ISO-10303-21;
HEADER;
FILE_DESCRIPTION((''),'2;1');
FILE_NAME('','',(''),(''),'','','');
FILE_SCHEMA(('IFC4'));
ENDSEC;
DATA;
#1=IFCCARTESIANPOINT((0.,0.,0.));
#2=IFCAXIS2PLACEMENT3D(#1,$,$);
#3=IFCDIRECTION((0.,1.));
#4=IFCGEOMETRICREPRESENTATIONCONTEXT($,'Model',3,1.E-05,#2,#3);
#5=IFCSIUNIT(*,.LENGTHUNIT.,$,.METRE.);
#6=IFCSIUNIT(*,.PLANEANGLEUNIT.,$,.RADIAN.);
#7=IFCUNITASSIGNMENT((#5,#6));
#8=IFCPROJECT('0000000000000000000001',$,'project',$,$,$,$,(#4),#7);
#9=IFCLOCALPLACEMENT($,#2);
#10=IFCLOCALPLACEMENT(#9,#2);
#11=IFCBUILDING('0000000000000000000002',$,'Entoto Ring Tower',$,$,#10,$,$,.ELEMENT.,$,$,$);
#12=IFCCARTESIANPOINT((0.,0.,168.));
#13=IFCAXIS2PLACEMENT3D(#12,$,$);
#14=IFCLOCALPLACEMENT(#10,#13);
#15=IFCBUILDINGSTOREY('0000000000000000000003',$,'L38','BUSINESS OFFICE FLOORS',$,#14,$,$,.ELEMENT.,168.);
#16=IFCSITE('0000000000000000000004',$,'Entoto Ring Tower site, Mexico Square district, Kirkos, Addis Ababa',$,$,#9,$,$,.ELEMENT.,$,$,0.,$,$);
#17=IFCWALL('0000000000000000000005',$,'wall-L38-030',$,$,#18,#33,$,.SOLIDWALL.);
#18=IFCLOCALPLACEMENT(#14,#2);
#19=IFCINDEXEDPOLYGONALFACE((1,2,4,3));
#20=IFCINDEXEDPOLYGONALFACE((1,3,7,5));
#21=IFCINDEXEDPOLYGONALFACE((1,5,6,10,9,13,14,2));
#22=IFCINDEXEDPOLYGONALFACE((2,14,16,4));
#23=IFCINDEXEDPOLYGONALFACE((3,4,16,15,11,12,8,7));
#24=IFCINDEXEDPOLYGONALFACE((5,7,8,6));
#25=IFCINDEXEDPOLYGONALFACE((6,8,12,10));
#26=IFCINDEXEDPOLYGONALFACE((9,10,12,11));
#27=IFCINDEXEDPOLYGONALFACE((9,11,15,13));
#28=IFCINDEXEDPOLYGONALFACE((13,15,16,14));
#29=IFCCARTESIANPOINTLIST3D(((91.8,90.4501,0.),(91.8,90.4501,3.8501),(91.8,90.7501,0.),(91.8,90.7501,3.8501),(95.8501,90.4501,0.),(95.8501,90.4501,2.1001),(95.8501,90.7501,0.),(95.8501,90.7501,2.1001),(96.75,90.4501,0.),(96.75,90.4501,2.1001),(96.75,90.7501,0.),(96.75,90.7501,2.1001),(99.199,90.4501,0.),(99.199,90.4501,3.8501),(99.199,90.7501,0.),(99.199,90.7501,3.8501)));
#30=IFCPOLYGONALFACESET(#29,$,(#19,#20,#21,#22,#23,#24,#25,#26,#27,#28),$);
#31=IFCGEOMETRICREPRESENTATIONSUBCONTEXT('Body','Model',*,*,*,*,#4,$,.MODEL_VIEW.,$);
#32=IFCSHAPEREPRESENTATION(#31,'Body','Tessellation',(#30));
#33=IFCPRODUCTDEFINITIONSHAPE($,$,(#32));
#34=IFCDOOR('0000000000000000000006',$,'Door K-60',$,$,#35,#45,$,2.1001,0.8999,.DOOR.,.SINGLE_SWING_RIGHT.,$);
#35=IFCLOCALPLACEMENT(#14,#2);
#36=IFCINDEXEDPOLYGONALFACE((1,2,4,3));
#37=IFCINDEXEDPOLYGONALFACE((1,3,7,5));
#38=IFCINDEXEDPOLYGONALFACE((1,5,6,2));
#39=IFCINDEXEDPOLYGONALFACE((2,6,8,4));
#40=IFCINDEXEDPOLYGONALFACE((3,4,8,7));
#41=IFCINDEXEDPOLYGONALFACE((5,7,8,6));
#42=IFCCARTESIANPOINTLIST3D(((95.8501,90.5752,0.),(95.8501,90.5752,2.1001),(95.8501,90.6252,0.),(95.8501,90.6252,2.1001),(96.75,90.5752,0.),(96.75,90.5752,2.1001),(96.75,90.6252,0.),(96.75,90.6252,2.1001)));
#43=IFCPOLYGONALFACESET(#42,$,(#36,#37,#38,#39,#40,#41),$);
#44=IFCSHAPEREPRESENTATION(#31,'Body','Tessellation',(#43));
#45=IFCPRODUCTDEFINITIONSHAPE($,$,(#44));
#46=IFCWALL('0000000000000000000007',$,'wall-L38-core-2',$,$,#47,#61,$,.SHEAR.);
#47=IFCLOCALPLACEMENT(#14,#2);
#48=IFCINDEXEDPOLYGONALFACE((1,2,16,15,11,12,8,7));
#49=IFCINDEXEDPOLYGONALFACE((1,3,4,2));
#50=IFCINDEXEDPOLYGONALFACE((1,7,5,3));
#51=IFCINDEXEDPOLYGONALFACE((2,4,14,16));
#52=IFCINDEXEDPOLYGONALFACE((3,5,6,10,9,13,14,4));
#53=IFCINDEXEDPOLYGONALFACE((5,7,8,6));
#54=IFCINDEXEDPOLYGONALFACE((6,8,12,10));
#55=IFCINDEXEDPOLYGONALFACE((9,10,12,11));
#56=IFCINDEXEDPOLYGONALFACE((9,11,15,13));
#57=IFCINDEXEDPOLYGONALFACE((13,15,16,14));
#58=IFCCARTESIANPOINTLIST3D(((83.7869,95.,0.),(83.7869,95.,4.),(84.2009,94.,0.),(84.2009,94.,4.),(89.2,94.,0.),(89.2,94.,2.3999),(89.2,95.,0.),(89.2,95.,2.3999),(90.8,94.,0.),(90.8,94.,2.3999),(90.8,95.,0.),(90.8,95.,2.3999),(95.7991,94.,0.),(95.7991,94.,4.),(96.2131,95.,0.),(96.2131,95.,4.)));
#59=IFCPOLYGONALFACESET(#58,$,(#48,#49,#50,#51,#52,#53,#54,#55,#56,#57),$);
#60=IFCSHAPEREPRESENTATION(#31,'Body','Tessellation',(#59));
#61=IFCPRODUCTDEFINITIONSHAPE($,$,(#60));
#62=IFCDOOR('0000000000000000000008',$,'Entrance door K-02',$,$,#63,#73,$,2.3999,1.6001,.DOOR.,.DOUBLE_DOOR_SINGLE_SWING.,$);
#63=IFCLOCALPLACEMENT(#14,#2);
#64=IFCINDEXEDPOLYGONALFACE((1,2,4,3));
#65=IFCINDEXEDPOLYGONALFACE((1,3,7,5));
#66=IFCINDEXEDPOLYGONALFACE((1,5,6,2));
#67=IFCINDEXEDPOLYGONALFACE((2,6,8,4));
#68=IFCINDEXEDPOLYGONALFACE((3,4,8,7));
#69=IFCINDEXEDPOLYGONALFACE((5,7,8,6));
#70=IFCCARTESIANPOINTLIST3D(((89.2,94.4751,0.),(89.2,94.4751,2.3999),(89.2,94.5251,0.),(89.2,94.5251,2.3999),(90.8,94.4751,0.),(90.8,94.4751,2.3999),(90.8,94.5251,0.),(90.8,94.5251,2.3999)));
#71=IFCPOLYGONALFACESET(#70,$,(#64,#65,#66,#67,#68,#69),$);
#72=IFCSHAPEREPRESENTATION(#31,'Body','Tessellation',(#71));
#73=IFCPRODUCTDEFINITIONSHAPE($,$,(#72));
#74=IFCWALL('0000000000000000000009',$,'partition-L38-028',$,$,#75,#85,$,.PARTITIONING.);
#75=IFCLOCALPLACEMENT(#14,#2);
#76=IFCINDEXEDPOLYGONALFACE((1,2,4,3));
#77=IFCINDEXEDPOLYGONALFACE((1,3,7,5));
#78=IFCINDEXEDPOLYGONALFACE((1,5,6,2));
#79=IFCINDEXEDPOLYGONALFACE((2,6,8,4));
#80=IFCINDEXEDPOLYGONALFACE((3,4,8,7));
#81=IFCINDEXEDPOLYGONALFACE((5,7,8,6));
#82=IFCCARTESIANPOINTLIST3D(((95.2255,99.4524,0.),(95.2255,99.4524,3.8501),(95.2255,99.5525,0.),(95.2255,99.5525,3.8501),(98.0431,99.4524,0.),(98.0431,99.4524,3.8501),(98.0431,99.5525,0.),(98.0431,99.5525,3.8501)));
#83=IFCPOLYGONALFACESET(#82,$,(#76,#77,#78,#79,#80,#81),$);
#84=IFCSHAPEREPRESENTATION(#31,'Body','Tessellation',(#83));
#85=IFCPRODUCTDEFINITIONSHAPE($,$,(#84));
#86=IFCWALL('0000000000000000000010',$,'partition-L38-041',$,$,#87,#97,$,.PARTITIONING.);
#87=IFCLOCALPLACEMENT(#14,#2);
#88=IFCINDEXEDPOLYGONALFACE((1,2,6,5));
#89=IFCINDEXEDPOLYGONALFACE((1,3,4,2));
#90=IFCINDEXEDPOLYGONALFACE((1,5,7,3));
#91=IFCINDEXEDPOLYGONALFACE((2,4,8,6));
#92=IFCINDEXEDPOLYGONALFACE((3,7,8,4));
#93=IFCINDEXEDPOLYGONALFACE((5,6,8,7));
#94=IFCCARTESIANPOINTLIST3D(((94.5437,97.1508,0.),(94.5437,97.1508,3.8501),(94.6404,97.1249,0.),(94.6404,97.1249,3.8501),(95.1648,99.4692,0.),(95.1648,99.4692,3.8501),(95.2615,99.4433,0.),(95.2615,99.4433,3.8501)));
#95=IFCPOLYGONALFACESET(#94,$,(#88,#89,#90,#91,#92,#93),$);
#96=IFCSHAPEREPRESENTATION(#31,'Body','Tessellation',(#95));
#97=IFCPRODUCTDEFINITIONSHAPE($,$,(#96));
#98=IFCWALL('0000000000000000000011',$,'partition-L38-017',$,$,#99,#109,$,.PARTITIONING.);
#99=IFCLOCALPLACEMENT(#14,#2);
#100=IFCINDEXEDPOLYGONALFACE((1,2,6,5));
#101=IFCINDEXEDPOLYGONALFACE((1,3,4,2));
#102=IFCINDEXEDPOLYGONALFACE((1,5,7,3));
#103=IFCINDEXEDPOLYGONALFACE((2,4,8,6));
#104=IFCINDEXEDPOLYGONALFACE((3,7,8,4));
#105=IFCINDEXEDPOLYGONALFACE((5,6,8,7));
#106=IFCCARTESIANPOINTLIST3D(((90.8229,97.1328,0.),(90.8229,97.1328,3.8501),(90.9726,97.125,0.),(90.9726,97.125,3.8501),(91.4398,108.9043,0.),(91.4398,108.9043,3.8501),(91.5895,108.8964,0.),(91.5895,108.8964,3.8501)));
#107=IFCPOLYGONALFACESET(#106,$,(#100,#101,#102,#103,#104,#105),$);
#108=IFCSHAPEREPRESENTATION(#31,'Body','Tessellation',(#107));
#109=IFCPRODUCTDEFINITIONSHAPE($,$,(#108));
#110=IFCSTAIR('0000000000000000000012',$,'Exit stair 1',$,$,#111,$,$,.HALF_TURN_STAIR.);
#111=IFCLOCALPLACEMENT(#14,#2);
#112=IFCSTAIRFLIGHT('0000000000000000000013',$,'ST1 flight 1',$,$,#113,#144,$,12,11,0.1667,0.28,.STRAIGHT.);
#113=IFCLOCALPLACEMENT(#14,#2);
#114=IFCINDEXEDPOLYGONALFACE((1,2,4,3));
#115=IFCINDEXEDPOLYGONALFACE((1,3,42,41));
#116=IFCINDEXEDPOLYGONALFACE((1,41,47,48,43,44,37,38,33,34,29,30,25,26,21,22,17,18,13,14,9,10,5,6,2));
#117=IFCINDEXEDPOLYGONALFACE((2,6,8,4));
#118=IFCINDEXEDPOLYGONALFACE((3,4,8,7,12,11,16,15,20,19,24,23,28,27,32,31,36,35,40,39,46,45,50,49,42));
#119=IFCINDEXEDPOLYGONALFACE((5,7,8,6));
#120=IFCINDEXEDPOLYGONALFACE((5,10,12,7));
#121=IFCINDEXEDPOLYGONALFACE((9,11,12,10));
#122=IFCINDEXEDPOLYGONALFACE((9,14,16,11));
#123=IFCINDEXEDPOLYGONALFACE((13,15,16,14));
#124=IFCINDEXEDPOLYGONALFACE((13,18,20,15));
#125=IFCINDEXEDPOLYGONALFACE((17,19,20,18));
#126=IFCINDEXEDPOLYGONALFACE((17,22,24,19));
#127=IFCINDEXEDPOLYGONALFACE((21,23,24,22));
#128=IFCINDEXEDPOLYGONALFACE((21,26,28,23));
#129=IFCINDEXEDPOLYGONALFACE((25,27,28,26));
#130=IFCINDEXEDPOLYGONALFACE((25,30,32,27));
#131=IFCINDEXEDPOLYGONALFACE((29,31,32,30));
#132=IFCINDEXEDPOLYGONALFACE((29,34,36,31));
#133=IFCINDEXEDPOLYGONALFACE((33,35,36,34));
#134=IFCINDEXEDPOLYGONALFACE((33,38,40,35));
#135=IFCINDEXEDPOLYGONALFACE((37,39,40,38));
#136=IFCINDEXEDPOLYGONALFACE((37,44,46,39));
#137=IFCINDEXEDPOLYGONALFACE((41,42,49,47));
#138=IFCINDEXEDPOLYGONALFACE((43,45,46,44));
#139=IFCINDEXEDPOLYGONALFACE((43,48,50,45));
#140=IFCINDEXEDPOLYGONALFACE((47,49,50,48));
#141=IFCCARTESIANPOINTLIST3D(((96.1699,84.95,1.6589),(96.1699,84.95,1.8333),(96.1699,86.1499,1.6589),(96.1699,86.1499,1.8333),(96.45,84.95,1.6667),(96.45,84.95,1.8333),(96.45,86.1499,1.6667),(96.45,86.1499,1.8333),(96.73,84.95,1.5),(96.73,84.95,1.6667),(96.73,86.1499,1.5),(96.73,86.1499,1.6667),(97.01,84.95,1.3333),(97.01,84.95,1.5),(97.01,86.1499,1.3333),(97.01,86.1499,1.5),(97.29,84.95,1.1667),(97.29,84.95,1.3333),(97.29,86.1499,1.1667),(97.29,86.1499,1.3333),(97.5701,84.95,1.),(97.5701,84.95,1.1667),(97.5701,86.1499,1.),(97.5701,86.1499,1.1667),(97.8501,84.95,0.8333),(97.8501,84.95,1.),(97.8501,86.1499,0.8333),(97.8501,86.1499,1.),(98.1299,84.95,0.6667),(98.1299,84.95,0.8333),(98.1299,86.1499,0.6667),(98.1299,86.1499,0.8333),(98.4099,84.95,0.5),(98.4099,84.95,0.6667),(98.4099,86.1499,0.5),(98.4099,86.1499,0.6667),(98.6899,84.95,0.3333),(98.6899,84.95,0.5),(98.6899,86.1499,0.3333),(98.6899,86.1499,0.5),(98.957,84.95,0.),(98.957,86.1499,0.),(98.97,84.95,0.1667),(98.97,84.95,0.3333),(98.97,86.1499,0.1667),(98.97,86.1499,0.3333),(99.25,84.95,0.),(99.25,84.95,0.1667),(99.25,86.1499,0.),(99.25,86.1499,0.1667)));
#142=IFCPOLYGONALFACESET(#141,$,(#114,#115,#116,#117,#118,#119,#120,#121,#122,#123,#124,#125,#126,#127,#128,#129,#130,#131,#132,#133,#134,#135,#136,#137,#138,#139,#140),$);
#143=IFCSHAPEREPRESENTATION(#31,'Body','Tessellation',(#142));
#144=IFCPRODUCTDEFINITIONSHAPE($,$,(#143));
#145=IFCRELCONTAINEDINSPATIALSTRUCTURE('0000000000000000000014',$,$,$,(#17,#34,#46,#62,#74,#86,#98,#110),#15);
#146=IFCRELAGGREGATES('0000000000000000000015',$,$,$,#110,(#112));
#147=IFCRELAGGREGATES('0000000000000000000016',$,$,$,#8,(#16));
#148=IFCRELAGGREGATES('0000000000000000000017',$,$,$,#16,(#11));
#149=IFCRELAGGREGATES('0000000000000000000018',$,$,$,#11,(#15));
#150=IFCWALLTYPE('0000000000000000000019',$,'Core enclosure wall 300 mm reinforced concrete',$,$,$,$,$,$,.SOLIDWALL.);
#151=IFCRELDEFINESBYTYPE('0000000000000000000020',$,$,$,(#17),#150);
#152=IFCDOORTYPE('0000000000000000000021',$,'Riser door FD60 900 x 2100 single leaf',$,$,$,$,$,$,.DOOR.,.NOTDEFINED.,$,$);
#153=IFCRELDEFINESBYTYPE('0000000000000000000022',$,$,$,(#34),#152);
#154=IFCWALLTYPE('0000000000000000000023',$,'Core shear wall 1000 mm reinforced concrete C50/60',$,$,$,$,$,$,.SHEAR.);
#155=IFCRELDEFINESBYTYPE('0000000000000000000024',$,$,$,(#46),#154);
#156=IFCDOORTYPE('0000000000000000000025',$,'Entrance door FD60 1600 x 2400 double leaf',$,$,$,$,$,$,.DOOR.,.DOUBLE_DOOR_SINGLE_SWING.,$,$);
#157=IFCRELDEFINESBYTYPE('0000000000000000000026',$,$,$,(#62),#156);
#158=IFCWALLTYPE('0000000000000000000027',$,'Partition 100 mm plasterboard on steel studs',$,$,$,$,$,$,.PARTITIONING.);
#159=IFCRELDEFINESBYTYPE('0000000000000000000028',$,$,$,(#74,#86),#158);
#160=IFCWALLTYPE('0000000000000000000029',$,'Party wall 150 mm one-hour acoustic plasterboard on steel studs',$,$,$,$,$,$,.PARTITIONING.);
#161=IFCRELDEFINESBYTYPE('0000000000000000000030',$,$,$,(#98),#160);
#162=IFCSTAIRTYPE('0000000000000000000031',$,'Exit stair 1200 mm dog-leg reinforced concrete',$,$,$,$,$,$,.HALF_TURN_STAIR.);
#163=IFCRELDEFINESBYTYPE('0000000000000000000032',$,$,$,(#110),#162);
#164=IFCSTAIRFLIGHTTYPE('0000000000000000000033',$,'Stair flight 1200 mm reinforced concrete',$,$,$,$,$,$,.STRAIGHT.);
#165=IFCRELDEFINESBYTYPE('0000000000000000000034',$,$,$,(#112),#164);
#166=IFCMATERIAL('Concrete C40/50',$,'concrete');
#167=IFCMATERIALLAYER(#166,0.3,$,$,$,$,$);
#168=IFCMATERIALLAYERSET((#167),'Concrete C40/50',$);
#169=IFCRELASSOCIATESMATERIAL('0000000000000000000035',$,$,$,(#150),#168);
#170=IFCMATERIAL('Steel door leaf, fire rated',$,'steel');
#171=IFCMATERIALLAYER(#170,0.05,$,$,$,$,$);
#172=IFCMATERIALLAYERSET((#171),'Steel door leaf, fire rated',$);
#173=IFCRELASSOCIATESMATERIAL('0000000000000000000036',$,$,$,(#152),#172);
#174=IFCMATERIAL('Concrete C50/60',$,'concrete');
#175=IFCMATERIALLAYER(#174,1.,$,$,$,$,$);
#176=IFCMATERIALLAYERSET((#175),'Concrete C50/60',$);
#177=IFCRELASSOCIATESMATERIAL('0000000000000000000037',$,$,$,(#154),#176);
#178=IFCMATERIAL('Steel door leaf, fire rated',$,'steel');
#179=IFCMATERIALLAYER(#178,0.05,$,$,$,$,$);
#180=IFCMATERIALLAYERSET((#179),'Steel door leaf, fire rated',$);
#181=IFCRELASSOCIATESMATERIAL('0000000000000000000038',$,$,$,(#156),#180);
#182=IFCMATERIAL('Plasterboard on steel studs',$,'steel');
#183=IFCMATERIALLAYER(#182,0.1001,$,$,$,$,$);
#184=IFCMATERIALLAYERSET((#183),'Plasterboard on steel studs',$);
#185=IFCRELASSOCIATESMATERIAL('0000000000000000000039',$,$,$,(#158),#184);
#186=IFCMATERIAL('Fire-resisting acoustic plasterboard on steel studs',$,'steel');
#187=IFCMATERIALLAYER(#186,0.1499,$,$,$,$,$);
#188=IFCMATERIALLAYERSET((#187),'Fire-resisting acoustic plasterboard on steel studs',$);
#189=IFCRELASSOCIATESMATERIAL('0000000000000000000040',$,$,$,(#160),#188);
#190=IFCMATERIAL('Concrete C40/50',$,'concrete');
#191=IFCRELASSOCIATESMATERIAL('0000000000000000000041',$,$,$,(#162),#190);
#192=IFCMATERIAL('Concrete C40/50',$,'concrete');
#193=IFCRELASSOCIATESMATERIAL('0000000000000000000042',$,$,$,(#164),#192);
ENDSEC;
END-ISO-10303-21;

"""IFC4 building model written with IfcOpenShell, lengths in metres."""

from ifc_helpers import new_model, si_unit, direction, frame, frame_2d, origin, place, context, subcontext, project, spatial, polyline, rectangle, outline, extrude, material, layer, layer_set, type_object, element, fill, aggregate, save


model = new_model("IFC4")

# Units and contexts
model_context = context("Model", 3, precision=1e-05, world=origin(), true_north=direction((0.0, 1.0)))
body_context = subcontext(model_context, "Body", "Model", "MODEL_VIEW")
ifc_project = project(units=[si_unit("LENGTHUNIT", "METRE"), si_unit("PLANEANGLEUNIT", "RADIAN")], contexts=[model_context])

# Site, building, storey
site_placement = place(None, origin())
site = spatial("IfcSite", under=ifc_project, at=site_placement, Name="Entoto Ring Tower site, Mexico Square district, Kirkos, Addis Ababa", CompositionType="ELEMENT", RefElevation=0.0)
building_placement = place(site_placement, origin())
building = spatial("IfcBuilding", under=site, at=building_placement, Name="Entoto Ring Tower", CompositionType="ELEMENT")
storey_placement = place(building_placement, frame((0.0, 0.0, 168.0)))
storey = spatial("IfcBuildingStorey", under=building, at=storey_placement, Name="L38", Description="BUSINESS OFFICE FLOORS", CompositionType="ELEMENT", Elevation=168.0)

# Shared definitions
ifc_material_1 = material(Name="Concrete C40/50", Category="concrete")
ifc_layer_1 = layer(ifc_material_1, 0.3)
ifc_layer_set_1 = layer_set([ifc_layer_1], Name="Concrete C40/50")
wall_type_1 = type_object("IfcWallType", Name="Core enclosure wall 300 mm reinforced concrete", PredefinedType="SOLIDWALL", material=ifc_layer_set_1)

# Walls, openings, doors
wall_1_placement = place(storey_placement, frame((91.8, 90.6001, 0.0), z_axis=(0.0, 0.0, 1.0), x_axis=(1.0, 0.0, 0.0)))
wall_1 = element("IfcWall", 1, at=wall_1_placement, inside=storey, type_object=wall_type_1, Name="wall-L38-030", PredefinedType="SOLIDWALL", context=body_context, shape_type="SweptSolid", body=[
    extrude(rectangle(XDim=7.3989, YDim=0.3, at=frame_2d((3.6995, 0.0))), origin(), (0.0, 0.0, 1.0), 3.8501),
])
opening_1_placement = place(wall_1_placement, frame((4.05, 0.0, 0.0)))
opening_1 = element("IfcOpeningElement", 2, at=opening_1_placement, cuts=wall_1, PredefinedType="OPENING", context=body_context, shape_type="SweptSolid", body=[
    extrude(rectangle(XDim=0.8999, YDim=2.1001, at=frame_2d((0.45, 1.05))), frame((0.0, 0.1602, 0.0), z_axis=(0.0, -1.0, 0.0), x_axis=(1.0, 0.0, 0.0)), (0.0, 0.0, 1.0), 0.3201),
])
ifc_material_2 = material(Name="Steel door leaf, fire rated", Category="steel")
ifc_layer_2 = layer(ifc_material_2, 0.05)
ifc_layer_set_2 = layer_set([ifc_layer_2], Name="Steel door leaf, fire rated")
door_type_1 = type_object("IfcDoorType", Name="Riser door FD60 900 x 2100 single leaf", OperationType="NOTDEFINED", PredefinedType="DOOR", material=ifc_layer_set_2)
door_1_placement = place(opening_1_placement, frame((0.8999, 0.0, 0.0), z_axis=(0.0, 0.0, 1.0), x_axis=(-1.0, 0.0, 0.0)))
door_1 = element("IfcDoor", 3, at=door_1_placement, inside=storey, type_object=door_type_1, Name="Door K-60", OperationType="SINGLE_SWING_RIGHT", OverallHeight=2.1001, OverallWidth=0.8999, PredefinedType="DOOR", context=body_context, shape_type="SweptSolid", body=[
    extrude(rectangle(XDim=0.8999, YDim=2.1001, at=frame_2d((0.45, 1.05))), frame((0.0, 0.0249, 0.0), z_axis=(0.0, -1.0, 0.0), x_axis=(1.0, 0.0, 0.0)), (0.0, 0.0, 1.0), 0.05),
])
fill(opening_1, door_1)
ifc_material_3 = material(Name="Concrete C50/60", Category="concrete")
ifc_layer_3 = layer(ifc_material_3, 1.0)
ifc_layer_set_3 = layer_set([ifc_layer_3], Name="Concrete C50/60")
wall_type_2 = type_object("IfcWallType", Name="Core shear wall 1000 mm reinforced concrete C50/60", PredefinedType="SHEAR", material=ifc_layer_set_3)
wall_2_placement = place(storey_placement, frame((96.0061, 94.5, 0.0), z_axis=(0.0, 0.0, 1.0), x_axis=(-1.0, 0.0, 0.0)))
wall_2 = element("IfcWall", 4, at=wall_2_placement, inside=storey, type_object=wall_type_2, Name="wall-L38-core-2", PredefinedType="SHEAR", context=body_context, shape_type="SweptSolid", body=[
    extrude(outline(polyline([(-0.207, -0.5), (12.2192, -0.5), (11.8052, 0.5), (0.207, 0.5), (-0.207, -0.5)])), origin(), (0.0, 0.0, 1.0), 4.0),
])
opening_2_placement = place(wall_2_placement, frame((5.2061, 0.0, 0.0)))
opening_2 = element("IfcOpeningElement", 5, at=opening_2_placement, cuts=wall_2, PredefinedType="OPENING", context=body_context, shape_type="SweptSolid", body=[
    extrude(rectangle(XDim=1.6001, YDim=2.3999, at=frame_2d((0.8, 1.2))), frame((0.0, 0.51, 0.0), z_axis=(0.0, -1.0, 0.0), x_axis=(1.0, 0.0, 0.0)), (0.0, 0.0, 1.0), 1.02),
])
ifc_material_4 = material(Name="Steel door leaf, fire rated", Category="steel")
ifc_layer_4 = layer(ifc_material_4, 0.05)
ifc_layer_set_4 = layer_set([ifc_layer_4], Name="Steel door leaf, fire rated")
door_type_2 = type_object("IfcDoorType", Name="Entrance door FD60 1600 x 2400 double leaf", OperationType="DOUBLE_DOOR_SINGLE_SWING", PredefinedType="DOOR", material=ifc_layer_set_4)
door_2_placement = place(opening_2_placement, origin())
door_2 = element("IfcDoor", 6, at=door_2_placement, inside=storey, type_object=door_type_2, Name="Entrance door K-02", OperationType="DOUBLE_DOOR_SINGLE_SWING", OverallHeight=2.3999, OverallWidth=1.6001, PredefinedType="DOOR", context=body_context, shape_type="SweptSolid", body=[
    extrude(rectangle(XDim=1.6001, YDim=2.3999, at=frame_2d((0.8, 1.2))), frame((0.0, 0.0249, 0.0), z_axis=(0.0, -1.0, 0.0), x_axis=(1.0, 0.0, 0.0)), (0.0, 0.0, 1.0), 0.05),
])
fill(opening_2, door_2)

# Walls
ifc_material_5 = material(Name="Plasterboard on steel studs", Category="steel")
ifc_layer_5 = layer(ifc_material_5, 0.1001)
ifc_layer_set_5 = layer_set([ifc_layer_5], Name="Plasterboard on steel studs")
wall_type_3 = type_object("IfcWallType", Name="Partition 100 mm plasterboard on steel studs", PredefinedType="PARTITIONING", material=ifc_layer_set_5)
wall_3_placement = place(storey_placement, frame((95.2256, 99.5024, 0.0), z_axis=(0.0, 0.0, 1.0), x_axis=(1.0, 0.0, 0.0)))
element("IfcWall", 7, at=wall_3_placement, inside=storey, type_object=wall_type_3, Name="partition-L38-028", PredefinedType="PARTITIONING", context=body_context, shape_type="SweptSolid", body=[
    extrude(rectangle(XDim=2.8176, YDim=0.1001, at=frame_2d((1.4087, 0.0))), origin(), (0.0, 0.0, 1.0), 3.8501),
])
wall_4_placement = place(storey_placement, frame((94.592, 97.1377, 0.0), z_axis=(0.0, 0.0, 1.0), x_axis=(0.258777, 0.965937, 0.0)))
element("IfcWall", 8, at=wall_4_placement, inside=storey, type_object=wall_type_3, Name="partition-L38-041", PredefinedType="PARTITIONING", context=body_context, shape_type="SweptSolid", body=[
    extrude(rectangle(XDim=2.4001, YDim=0.1001, at=frame_2d((1.2002, 0.0))), origin(), (0.0, 0.0, 1.0), 3.8501),
])
ifc_material_6 = material(Name="Fire-resisting acoustic plasterboard on steel studs", Category="steel")
ifc_layer_6 = layer(ifc_material_6, 0.1499)
ifc_layer_set_6 = layer_set([ifc_layer_6], Name="Fire-resisting acoustic plasterboard on steel studs")
wall_type_4 = type_object("IfcWallType", Name="Party wall 150 mm one-hour acoustic plasterboard on steel studs", PredefinedType="PARTITIONING", material=ifc_layer_set_6)
wall_5_placement = place(storey_placement, frame((90.8977, 97.1289, 0.0), z_axis=(0.0, 0.0, 1.0), x_axis=(0.052338, 0.998629, 0.0)))
element("IfcWall", 9, at=wall_5_placement, inside=storey, type_object=wall_type_4, Name="partition-L38-017", PredefinedType="PARTITIONING", context=body_context, shape_type="SweptSolid", body=[
    extrude(rectangle(XDim=11.7876, YDim=0.1499, at=frame_2d((5.8938, 0.0))), origin(), (0.0, 0.0, 1.0), 3.8501),
])

# Stair, stair flight
ifc_material_7 = material(Name="Concrete C40/50", Category="concrete")
stair_type = type_object("IfcStairType", Name="Exit stair 1200 mm dog-leg reinforced concrete", PredefinedType="HALF_TURN_STAIR", material=ifc_material_7)
stair_placement = place(storey_placement, origin())
stair = element("IfcStair", 10, at=stair_placement, inside=storey, type_object=stair_type, Name="Exit stair 1", PredefinedType="HALF_TURN_STAIR")
ifc_material_8 = material(Name="Concrete C40/50", Category="concrete")
stair_flight_type = type_object("IfcStairFlightType", Name="Stair flight 1200 mm reinforced concrete", PredefinedType="STRAIGHT", material=ifc_material_8)
stair_flight_1_placement = place(storey_placement, frame((99.25, 85.55, 0.0), z_axis=(0.0, 0.0, 1.0), x_axis=(-1.0, 0.0, 0.0)))
stair_flight_1 = element("IfcStairFlight", 11, at=stair_flight_1_placement, type_object=stair_flight_type, Name="ST1 flight 1", NumberOfRisers=12, NumberOfTreads=11, PredefinedType="STRAIGHT", RiserHeight=0.1667, TreadLength=0.28, context=body_context, shape_type="SweptSolid", body=[
    extrude(outline(polyline([(0.0, 0.0), (0.0, 0.1667), (0.28, 0.1667), (0.28, 0.3333), (0.5601, 0.3333), (0.5601, 0.5), (0.8401, 0.5), (0.8401, 0.6667), (1.1201, 0.6667), (1.1201, 0.8333), (1.3999, 0.8333), (1.3999, 1.0), (1.6799, 1.0), (1.6799, 1.1667), (1.96, 1.1667), (1.96, 1.3333), (2.24, 1.3333), (2.24, 1.5), (2.52, 1.5), (2.52, 1.6667), (2.8, 1.6667), (2.8, 1.8333), (3.0801, 1.8333), (3.0801, 2.0), (3.0801, 1.6589), (0.293, 0.0), (0.0, 0.0)])), frame((0.0, 0.6001, 0.0), z_axis=(0.0, -1.0, 0.0), x_axis=(1.0, 0.0, 0.0)), (0.0, 0.0, 1.0), 1.2),
])
aggregate(stair, [stair_flight_1])

save(model, "model.ifc")
